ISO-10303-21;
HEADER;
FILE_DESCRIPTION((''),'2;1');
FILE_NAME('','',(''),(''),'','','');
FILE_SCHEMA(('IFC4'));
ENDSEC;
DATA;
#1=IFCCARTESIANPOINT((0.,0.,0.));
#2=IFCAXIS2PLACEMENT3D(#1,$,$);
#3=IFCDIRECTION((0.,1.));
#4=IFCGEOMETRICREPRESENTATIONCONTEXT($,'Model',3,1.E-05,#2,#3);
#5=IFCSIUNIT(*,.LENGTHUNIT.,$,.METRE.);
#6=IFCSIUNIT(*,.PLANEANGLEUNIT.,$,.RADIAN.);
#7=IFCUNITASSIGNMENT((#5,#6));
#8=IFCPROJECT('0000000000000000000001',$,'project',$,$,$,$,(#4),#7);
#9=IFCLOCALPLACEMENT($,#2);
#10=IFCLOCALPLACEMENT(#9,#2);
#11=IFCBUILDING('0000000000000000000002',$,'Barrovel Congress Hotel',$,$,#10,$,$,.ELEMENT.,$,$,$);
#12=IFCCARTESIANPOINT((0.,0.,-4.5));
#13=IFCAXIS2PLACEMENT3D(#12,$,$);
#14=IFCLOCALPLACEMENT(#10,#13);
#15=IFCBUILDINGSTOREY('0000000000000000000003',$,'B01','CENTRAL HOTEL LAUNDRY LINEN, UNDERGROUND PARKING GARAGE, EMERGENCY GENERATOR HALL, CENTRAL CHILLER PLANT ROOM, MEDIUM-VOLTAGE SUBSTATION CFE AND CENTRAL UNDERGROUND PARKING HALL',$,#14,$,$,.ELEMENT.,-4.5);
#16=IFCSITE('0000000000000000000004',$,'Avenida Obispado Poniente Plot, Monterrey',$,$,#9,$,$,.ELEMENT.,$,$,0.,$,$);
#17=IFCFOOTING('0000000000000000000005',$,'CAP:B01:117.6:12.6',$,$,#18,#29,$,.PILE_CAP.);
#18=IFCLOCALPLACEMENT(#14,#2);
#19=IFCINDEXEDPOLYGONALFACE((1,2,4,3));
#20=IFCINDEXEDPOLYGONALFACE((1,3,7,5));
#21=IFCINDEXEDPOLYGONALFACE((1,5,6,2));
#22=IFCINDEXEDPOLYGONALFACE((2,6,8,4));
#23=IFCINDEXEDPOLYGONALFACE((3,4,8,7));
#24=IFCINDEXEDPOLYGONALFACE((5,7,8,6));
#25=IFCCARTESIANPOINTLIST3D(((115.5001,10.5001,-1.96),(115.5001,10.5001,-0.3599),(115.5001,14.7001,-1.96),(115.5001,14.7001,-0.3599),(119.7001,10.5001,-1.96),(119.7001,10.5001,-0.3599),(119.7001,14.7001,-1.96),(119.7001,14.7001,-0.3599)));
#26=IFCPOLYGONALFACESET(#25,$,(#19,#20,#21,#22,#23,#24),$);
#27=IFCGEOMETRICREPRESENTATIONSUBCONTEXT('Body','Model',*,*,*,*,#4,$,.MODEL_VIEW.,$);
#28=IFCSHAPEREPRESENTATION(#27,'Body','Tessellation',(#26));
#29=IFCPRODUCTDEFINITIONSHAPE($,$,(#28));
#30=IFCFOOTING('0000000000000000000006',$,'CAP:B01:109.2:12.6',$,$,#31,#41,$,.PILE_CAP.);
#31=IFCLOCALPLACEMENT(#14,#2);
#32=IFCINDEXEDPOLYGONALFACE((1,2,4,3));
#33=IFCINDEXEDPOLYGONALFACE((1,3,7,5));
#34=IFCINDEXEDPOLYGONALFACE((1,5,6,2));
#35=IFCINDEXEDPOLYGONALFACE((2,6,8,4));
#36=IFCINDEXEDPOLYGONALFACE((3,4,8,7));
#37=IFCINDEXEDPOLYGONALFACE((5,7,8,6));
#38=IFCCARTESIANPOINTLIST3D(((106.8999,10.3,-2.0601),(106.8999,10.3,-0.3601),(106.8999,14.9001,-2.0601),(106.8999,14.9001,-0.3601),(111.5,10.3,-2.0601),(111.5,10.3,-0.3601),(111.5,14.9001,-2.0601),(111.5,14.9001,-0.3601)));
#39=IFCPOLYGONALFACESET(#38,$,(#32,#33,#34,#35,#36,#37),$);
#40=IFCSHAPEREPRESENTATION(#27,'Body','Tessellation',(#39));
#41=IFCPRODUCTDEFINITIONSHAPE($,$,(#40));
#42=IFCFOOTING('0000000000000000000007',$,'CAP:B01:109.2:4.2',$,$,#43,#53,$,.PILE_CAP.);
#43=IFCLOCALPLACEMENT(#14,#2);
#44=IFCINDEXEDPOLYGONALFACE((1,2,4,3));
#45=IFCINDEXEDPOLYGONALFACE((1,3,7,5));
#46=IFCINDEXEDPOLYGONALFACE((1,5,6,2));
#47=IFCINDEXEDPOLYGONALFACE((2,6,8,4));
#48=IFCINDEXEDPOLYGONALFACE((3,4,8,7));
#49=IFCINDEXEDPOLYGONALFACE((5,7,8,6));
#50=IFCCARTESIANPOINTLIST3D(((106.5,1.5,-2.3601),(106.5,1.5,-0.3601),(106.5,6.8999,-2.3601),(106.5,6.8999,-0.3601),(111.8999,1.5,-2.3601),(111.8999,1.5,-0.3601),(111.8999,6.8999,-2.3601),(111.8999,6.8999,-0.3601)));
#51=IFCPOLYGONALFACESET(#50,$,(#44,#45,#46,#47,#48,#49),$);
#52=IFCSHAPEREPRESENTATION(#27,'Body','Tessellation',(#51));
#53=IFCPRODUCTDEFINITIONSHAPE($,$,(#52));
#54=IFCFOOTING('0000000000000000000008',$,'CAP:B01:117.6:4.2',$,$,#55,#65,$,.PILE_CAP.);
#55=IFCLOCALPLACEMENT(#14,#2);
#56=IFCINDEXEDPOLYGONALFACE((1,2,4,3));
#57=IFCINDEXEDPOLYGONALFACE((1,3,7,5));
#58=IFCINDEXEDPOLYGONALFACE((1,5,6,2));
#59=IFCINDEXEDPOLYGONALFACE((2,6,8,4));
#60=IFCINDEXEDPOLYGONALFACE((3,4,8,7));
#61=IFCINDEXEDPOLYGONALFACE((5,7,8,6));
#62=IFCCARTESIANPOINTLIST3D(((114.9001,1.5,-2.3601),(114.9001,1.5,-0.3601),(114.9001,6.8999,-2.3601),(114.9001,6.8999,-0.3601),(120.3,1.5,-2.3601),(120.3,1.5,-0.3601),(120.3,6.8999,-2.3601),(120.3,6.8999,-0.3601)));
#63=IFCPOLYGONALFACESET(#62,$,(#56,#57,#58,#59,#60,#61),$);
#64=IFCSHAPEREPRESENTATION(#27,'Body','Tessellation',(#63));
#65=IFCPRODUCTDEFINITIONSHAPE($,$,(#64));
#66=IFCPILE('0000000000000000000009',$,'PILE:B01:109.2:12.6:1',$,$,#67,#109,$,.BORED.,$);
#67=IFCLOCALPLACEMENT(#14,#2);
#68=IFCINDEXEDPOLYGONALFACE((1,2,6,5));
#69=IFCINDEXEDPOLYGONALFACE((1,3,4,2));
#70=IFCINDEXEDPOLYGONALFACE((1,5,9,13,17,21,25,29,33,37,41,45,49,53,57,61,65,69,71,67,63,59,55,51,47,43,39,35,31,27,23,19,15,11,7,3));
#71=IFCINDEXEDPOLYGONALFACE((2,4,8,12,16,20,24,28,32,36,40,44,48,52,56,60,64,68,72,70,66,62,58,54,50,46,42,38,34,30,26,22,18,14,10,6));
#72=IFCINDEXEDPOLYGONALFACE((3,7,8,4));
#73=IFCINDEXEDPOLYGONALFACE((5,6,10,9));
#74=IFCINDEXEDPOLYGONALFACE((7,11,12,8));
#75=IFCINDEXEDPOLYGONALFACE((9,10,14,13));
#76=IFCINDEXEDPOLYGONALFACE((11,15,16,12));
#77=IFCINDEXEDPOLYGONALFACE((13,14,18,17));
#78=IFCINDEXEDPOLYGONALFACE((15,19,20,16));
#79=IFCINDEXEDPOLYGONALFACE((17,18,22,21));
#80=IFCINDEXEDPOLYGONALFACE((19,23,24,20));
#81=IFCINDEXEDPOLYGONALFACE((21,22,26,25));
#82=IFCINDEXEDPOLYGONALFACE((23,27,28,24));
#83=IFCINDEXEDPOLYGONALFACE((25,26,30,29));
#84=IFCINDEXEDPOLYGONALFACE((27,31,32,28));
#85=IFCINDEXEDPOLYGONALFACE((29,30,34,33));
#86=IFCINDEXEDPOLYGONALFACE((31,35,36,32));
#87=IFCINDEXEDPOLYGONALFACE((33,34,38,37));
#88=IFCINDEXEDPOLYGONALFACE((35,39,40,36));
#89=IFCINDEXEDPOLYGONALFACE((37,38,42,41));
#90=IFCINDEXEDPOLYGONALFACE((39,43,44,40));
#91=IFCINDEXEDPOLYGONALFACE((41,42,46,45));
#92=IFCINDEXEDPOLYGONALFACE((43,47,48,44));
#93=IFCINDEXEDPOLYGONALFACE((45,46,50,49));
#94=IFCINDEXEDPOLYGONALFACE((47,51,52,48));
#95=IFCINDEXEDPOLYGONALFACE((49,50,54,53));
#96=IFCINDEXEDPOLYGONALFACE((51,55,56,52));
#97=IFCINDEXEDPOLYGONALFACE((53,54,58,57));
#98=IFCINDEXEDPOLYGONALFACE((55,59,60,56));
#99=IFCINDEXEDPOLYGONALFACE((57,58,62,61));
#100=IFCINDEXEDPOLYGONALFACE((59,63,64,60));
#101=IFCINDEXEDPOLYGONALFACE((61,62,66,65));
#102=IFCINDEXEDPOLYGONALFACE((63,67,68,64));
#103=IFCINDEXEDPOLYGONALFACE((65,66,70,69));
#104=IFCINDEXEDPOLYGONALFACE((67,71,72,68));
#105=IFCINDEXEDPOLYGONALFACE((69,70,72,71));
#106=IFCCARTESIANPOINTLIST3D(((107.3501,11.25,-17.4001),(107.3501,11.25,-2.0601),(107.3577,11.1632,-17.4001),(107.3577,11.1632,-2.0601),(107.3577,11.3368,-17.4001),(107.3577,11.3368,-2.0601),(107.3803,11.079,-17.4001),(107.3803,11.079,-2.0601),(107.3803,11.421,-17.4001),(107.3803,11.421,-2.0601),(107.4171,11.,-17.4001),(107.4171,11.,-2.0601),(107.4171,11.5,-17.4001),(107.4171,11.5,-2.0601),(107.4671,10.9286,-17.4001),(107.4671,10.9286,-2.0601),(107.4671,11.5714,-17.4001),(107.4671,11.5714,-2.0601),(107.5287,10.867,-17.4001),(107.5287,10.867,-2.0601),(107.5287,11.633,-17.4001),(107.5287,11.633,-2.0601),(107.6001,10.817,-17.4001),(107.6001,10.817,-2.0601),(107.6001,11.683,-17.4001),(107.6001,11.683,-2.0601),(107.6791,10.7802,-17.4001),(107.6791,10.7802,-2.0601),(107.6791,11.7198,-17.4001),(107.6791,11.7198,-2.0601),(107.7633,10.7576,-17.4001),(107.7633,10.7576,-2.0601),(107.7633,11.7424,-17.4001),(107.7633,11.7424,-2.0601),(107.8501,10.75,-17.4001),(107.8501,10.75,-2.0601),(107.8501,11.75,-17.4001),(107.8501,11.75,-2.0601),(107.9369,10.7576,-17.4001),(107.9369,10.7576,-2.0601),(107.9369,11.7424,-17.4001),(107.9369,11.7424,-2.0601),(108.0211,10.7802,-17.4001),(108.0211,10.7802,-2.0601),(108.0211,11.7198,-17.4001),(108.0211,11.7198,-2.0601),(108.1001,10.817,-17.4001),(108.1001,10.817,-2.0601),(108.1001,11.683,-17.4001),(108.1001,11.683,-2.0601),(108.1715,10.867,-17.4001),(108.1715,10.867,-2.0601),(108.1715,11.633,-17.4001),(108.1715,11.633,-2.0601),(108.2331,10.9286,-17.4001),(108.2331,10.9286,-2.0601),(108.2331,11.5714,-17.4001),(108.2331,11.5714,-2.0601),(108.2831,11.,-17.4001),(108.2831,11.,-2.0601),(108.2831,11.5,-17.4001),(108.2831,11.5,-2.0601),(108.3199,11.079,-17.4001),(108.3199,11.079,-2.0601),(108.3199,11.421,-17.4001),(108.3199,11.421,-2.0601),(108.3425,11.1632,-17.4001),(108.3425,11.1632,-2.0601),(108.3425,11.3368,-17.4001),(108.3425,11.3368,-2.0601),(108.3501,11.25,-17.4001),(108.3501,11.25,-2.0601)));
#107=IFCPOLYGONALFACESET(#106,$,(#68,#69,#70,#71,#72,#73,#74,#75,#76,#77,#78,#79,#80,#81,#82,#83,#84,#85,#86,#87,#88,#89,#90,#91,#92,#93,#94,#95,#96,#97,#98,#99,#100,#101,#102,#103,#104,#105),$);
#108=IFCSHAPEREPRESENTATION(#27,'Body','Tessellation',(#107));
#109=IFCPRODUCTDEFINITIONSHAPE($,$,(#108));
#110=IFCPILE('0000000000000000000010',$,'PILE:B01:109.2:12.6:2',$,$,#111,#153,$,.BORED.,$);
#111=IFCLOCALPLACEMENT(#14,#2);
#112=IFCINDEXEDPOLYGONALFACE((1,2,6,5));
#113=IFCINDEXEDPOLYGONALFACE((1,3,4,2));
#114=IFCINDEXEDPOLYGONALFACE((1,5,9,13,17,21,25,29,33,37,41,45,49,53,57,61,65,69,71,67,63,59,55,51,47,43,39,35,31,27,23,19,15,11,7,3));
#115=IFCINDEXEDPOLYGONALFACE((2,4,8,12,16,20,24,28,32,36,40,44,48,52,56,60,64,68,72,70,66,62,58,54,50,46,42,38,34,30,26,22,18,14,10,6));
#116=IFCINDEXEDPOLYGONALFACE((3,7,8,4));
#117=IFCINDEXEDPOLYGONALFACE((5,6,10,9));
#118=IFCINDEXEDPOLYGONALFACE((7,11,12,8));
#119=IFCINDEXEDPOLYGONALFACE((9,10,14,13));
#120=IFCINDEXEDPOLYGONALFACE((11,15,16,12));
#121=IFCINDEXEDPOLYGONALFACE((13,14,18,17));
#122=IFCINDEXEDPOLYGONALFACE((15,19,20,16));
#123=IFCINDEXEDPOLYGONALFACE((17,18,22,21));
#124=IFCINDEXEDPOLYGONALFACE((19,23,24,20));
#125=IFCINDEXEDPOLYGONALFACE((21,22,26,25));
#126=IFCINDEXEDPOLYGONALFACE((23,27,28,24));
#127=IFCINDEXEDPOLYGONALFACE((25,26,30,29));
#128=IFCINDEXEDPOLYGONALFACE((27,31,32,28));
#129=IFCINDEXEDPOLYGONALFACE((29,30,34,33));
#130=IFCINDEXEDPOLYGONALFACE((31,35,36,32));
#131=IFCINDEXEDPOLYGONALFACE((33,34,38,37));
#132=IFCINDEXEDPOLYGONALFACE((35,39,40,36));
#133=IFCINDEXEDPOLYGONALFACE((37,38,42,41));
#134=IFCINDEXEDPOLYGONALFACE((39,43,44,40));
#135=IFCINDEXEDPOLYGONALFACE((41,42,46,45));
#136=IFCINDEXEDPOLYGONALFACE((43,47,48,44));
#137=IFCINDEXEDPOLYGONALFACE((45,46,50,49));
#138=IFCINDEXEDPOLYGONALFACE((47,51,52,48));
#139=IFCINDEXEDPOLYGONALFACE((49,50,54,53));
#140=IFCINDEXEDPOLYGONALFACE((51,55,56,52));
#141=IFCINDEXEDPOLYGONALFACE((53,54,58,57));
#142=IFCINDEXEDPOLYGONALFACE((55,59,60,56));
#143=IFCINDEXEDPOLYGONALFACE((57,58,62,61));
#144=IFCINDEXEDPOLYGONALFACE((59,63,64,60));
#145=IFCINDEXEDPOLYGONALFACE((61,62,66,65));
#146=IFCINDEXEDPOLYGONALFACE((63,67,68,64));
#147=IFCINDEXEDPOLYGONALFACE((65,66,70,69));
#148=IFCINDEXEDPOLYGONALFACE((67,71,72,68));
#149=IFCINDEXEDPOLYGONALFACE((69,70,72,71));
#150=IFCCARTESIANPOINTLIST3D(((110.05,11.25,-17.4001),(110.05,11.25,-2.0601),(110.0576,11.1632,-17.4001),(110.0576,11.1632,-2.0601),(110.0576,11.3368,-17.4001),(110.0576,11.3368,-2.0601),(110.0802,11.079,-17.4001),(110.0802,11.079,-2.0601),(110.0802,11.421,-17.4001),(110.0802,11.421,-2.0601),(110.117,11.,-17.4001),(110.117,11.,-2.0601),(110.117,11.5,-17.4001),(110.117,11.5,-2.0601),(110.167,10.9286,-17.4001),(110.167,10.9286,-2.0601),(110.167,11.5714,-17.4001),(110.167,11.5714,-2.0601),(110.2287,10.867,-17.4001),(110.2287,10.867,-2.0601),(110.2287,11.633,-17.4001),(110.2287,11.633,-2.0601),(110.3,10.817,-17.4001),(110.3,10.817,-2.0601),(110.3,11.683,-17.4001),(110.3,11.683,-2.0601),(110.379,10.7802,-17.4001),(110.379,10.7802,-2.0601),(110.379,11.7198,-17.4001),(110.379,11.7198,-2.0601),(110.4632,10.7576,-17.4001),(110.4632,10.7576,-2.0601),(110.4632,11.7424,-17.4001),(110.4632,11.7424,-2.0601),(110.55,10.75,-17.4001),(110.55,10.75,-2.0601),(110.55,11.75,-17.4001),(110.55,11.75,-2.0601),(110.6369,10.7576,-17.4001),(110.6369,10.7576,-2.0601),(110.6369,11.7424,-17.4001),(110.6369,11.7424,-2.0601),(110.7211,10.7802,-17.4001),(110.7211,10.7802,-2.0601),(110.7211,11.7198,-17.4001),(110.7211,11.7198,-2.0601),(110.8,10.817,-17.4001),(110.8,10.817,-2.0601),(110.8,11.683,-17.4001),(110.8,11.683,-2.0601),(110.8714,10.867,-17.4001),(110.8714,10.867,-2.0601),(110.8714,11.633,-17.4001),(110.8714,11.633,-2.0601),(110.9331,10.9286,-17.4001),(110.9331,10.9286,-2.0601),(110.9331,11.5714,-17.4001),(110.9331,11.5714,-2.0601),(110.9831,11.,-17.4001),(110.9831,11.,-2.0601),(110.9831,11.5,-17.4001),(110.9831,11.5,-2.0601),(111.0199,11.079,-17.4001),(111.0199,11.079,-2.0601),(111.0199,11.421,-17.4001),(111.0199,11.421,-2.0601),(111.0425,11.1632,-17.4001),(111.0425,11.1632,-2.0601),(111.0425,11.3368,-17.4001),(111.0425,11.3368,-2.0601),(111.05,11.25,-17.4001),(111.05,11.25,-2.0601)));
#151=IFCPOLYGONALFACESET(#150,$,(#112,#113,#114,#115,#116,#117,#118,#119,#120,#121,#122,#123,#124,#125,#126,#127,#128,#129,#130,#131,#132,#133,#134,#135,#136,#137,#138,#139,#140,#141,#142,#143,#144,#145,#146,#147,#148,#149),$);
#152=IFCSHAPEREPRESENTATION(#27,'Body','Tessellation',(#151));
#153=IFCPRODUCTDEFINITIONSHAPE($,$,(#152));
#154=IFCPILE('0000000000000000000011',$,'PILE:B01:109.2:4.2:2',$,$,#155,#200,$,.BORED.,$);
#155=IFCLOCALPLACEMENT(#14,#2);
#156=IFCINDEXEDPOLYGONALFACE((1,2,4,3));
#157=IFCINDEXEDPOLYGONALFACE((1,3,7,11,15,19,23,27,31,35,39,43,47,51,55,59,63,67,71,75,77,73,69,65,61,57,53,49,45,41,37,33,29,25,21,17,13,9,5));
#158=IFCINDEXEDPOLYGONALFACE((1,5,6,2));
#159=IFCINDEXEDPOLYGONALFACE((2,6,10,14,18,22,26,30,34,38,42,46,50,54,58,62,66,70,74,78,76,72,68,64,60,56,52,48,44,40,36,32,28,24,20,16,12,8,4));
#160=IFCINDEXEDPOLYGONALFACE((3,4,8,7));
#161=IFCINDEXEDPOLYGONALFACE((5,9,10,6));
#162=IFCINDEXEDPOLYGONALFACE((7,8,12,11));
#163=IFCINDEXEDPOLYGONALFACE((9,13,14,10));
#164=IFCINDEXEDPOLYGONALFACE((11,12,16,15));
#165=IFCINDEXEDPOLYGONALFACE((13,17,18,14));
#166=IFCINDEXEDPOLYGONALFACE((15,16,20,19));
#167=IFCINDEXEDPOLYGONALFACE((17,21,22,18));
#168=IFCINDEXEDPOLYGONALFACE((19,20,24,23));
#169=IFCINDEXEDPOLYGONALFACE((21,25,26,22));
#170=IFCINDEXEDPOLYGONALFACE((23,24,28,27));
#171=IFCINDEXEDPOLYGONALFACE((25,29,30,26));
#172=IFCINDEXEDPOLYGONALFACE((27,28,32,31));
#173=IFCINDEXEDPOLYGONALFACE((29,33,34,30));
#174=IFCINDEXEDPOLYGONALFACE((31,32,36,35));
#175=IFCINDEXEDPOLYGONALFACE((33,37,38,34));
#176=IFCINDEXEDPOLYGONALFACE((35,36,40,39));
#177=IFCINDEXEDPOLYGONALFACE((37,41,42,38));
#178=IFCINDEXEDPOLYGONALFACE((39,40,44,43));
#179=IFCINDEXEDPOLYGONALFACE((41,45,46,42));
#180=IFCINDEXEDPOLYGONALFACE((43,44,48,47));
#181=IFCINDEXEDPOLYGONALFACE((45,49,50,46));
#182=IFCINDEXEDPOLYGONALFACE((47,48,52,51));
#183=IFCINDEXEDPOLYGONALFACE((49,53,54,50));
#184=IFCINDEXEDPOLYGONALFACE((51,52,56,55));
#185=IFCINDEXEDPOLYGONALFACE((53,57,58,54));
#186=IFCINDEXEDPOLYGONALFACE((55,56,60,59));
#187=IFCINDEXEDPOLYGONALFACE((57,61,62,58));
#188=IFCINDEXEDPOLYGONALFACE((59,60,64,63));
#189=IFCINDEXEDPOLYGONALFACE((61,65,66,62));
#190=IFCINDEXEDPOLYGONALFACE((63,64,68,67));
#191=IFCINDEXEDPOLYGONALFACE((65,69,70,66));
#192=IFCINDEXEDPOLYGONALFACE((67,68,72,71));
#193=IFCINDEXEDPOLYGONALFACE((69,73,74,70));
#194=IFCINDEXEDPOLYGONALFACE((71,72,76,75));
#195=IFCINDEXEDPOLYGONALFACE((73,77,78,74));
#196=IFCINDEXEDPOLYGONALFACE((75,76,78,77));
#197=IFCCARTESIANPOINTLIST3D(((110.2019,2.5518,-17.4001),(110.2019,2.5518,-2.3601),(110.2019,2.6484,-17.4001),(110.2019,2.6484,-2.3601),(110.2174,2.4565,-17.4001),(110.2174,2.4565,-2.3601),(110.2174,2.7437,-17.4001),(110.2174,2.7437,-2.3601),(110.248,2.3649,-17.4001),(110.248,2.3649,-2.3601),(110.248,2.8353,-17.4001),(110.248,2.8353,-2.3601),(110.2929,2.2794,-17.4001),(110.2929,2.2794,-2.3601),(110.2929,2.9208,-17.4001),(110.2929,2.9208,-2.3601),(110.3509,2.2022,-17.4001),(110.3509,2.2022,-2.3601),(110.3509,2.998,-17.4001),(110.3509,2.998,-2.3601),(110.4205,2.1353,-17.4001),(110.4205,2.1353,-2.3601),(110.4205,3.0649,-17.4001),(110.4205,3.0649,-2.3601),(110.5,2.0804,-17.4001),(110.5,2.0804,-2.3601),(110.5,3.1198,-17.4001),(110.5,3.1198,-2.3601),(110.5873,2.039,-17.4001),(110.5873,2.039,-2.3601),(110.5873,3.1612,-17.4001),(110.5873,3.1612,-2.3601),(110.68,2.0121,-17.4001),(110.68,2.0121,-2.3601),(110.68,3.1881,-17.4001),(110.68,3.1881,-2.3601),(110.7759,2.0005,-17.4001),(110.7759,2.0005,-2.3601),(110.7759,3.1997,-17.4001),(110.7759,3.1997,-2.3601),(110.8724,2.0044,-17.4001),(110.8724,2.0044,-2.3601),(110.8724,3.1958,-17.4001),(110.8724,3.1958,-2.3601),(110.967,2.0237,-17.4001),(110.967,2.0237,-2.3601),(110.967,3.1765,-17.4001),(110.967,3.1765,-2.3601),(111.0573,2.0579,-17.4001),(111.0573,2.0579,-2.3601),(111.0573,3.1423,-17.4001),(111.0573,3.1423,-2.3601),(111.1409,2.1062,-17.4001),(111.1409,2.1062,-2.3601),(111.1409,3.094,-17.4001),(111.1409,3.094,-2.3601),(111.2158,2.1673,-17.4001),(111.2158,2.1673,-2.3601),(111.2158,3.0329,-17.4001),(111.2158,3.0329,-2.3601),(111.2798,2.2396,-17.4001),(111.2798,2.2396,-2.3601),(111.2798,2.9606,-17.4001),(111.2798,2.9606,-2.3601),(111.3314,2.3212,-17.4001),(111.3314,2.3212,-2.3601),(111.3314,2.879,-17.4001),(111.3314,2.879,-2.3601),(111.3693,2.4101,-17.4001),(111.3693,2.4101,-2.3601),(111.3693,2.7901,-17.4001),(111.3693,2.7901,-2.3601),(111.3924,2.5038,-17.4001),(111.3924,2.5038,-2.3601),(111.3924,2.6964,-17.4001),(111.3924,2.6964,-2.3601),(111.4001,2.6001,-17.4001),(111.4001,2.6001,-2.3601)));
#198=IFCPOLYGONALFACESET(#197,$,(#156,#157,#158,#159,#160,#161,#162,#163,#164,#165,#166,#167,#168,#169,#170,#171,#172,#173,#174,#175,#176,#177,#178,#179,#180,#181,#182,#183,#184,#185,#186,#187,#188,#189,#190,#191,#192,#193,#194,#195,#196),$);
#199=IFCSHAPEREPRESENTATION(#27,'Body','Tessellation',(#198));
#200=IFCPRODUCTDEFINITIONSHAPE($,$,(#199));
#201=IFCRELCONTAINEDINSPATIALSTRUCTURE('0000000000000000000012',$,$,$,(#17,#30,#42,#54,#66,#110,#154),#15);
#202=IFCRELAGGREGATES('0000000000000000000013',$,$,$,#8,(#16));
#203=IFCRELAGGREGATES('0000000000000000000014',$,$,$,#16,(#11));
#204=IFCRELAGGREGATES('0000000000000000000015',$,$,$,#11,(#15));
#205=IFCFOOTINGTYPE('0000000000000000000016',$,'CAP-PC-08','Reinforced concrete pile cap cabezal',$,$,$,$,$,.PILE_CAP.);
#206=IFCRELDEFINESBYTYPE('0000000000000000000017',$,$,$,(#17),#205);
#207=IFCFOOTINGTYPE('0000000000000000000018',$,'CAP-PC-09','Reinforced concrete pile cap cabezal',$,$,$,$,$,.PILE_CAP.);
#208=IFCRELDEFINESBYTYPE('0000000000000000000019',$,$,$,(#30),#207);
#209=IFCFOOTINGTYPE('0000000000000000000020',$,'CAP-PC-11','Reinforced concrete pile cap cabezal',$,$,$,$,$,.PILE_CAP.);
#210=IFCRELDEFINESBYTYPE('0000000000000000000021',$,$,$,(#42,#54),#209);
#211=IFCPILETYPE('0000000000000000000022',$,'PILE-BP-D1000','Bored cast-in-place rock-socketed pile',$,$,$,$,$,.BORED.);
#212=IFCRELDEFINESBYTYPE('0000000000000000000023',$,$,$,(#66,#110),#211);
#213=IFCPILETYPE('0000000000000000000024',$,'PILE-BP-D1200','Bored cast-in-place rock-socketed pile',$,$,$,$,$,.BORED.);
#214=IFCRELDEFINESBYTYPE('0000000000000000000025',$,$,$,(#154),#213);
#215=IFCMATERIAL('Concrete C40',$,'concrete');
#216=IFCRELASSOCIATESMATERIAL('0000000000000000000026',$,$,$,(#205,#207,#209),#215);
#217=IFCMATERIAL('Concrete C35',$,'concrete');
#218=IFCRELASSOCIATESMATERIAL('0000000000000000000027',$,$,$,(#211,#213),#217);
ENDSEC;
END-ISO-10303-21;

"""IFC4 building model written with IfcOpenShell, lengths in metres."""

from ifc_helpers import new_model, si_unit, direction, frame, origin, origin_2d, place, context, subcontext, project, spatial, rectangle, circle, extrude, material, material_profile, profile_set, type_object, element, save


model = new_model("IFC4")

# Units and contexts
model_context = context("Model", 3, precision=1e-05, world=origin(), true_north=direction((0.0, 1.0)))
body_context = subcontext(model_context, "Body", "Model", "MODEL_VIEW")
ifc_project = project(units=[si_unit("LENGTHUNIT", "METRE"), si_unit("PLANEANGLEUNIT", "RADIAN")], contexts=[model_context])

# Site, building, storey
site_placement = place(None, origin())
site = spatial("IfcSite", under=ifc_project, at=site_placement, Name="Avenida Obispado Poniente Plot, Monterrey", CompositionType="ELEMENT", RefElevation=0.0)
building_placement = place(site_placement, origin())
building = spatial("IfcBuilding", under=site, at=building_placement, Name="Barrovel Congress Hotel", CompositionType="ELEMENT")
storey_placement = place(building_placement, frame((0.0, 0.0, -4.5)))
storey = spatial("IfcBuildingStorey", under=building, at=storey_placement, Name="B01", Description="CENTRAL HOTEL LAUNDRY LINEN, UNDERGROUND PARKING GARAGE, EMERGENCY GENERATOR HALL, CENTRAL CHILLER PLANT ROOM, MEDIUM-VOLTAGE SUBSTATION CFE AND CENTRAL UNDERGROUND PARKING HALL", CompositionType="ELEMENT", Elevation=-4.5)

# Footings
ifc_material_1 = material(Name="Concrete C40", Category="concrete")
footing_type_1 = type_object("IfcFootingType", Name="CAP-PC-08", Description="Reinforced concrete pile cap cabezal", PredefinedType="PILE_CAP", material=ifc_material_1)
footing_1_placement = place(storey_placement, frame((117.6001, 12.6001, -1.96), z_axis=(0.0, 0.0, 1.0), x_axis=(1.0, 0.0, 0.0)))
element("IfcFooting", 1, at=footing_1_placement, inside=storey, type_object=footing_type_1, Name="CAP:B01:117.6:12.6", PredefinedType="PILE_CAP", context=body_context, shape_type="SweptSolid", body=[
    extrude(rectangle(XDim=4.2, YDim=4.2, at=origin_2d()), origin(), (0.0, 0.0, 1.0), 1.6001),
])
footing_type_2 = type_object("IfcFootingType", Name="CAP-PC-09", Description="Reinforced concrete pile cap cabezal", PredefinedType="PILE_CAP", material=ifc_material_1)
footing_2_placement = place(storey_placement, frame((109.2, 12.6001, -2.0601), z_axis=(0.0, 0.0, 1.0), x_axis=(1.0, 0.0, 0.0)))
element("IfcFooting", 2, at=footing_2_placement, inside=storey, type_object=footing_type_2, Name="CAP:B01:109.2:12.6", PredefinedType="PILE_CAP", context=body_context, shape_type="SweptSolid", body=[
    extrude(rectangle(XDim=4.6001, YDim=4.6001, at=origin_2d()), origin(), (0.0, 0.0, 1.0), 1.7),
])
footing_type_3 = type_object("IfcFootingType", Name="CAP-PC-11", Description="Reinforced concrete pile cap cabezal", PredefinedType="PILE_CAP", material=ifc_material_1)
for number, where, z_axis, x_axis, name in (
    (3, (109.2, 4.2, -2.3601), (0.0, 0.0, 1.0), (1.0, 0.0, 0.0), "CAP:B01:109.2:4.2"),
    (4, (117.6001, 4.2, -2.3601), (0.0, 0.0, 1.0), (1.0, 0.0, 0.0), "CAP:B01:117.6:4.2"),
):
    element("IfcFooting", number, at=place(storey_placement, frame(where, z_axis=z_axis, x_axis=x_axis)), inside=storey, type_object=footing_type_3, Name=name, PredefinedType="PILE_CAP", context=body_context, shape_type="SweptSolid", body=[
        extrude(rectangle(XDim=5.3999, YDim=5.3999, at=origin_2d()), origin(), (0.0, 0.0, 1.0), 2.0),
    ])

# Piles
ifc_material_2 = material(Name="Concrete C35", Category="concrete")
ifc_material_profile_1 = material_profile(ifc_material_2, circle(Radius=0.5, at=origin_2d()), Name="BP-D1000")
ifc_profile_set_1 = profile_set([ifc_material_profile_1], Name="Concrete C35")
pile_type_1 = type_object("IfcPileType", Name="PILE-BP-D1000", Description="Bored cast-in-place rock-socketed pile", PredefinedType="BORED", material=ifc_profile_set_1)
for number, where, z_axis, x_axis, name in (
    (5, (107.8501, 11.25, -2.0601), (0.0, 0.0, -1.0), (1.0, 0.0, 0.0), "PILE:B01:109.2:12.6:1"),
    (6, (110.55, 11.25, -2.0601), (0.0, 0.0, -1.0), (1.0, 0.0, 0.0), "PILE:B01:109.2:12.6:2"),
):
    element("IfcPile", number, at=place(storey_placement, frame(where, z_axis=z_axis, x_axis=x_axis)), inside=storey, type_object=pile_type_1, Name=name, PredefinedType="BORED", context=body_context, shape_type="SweptSolid", body=[
        extrude(circle(Radius=0.5, at=origin_2d()), origin(), (0.0, 0.0, 1.0), 15.3401),
    ])
ifc_material_profile_2 = material_profile(ifc_material_2, circle(Radius=0.6001, at=origin_2d()), Name="BP-D1200")
ifc_profile_set_2 = profile_set([ifc_material_profile_2], Name="Concrete C35")
pile_type_2 = type_object("IfcPileType", Name="PILE-BP-D1200", Description="Bored cast-in-place rock-socketed pile", PredefinedType="BORED", material=ifc_profile_set_2)
for number, where, z_axis, x_axis, name in (
    (7, (110.8, 2.6001, -2.3601), (0.0, 0.0, -1.0), (1.0, 0.0, 0.0), "PILE:B01:109.2:4.2:2"),
):
    element("IfcPile", number, at=place(storey_placement, frame(where, z_axis=z_axis, x_axis=x_axis)), inside=storey, type_object=pile_type_2, Name=name, PredefinedType="BORED", context=body_context, shape_type="SweptSolid", body=[
        extrude(circle(Radius=0.6001, at=origin_2d()), origin(), (0.0, 0.0, 1.0), 15.04),
    ])

save(model, "model.ifc")
